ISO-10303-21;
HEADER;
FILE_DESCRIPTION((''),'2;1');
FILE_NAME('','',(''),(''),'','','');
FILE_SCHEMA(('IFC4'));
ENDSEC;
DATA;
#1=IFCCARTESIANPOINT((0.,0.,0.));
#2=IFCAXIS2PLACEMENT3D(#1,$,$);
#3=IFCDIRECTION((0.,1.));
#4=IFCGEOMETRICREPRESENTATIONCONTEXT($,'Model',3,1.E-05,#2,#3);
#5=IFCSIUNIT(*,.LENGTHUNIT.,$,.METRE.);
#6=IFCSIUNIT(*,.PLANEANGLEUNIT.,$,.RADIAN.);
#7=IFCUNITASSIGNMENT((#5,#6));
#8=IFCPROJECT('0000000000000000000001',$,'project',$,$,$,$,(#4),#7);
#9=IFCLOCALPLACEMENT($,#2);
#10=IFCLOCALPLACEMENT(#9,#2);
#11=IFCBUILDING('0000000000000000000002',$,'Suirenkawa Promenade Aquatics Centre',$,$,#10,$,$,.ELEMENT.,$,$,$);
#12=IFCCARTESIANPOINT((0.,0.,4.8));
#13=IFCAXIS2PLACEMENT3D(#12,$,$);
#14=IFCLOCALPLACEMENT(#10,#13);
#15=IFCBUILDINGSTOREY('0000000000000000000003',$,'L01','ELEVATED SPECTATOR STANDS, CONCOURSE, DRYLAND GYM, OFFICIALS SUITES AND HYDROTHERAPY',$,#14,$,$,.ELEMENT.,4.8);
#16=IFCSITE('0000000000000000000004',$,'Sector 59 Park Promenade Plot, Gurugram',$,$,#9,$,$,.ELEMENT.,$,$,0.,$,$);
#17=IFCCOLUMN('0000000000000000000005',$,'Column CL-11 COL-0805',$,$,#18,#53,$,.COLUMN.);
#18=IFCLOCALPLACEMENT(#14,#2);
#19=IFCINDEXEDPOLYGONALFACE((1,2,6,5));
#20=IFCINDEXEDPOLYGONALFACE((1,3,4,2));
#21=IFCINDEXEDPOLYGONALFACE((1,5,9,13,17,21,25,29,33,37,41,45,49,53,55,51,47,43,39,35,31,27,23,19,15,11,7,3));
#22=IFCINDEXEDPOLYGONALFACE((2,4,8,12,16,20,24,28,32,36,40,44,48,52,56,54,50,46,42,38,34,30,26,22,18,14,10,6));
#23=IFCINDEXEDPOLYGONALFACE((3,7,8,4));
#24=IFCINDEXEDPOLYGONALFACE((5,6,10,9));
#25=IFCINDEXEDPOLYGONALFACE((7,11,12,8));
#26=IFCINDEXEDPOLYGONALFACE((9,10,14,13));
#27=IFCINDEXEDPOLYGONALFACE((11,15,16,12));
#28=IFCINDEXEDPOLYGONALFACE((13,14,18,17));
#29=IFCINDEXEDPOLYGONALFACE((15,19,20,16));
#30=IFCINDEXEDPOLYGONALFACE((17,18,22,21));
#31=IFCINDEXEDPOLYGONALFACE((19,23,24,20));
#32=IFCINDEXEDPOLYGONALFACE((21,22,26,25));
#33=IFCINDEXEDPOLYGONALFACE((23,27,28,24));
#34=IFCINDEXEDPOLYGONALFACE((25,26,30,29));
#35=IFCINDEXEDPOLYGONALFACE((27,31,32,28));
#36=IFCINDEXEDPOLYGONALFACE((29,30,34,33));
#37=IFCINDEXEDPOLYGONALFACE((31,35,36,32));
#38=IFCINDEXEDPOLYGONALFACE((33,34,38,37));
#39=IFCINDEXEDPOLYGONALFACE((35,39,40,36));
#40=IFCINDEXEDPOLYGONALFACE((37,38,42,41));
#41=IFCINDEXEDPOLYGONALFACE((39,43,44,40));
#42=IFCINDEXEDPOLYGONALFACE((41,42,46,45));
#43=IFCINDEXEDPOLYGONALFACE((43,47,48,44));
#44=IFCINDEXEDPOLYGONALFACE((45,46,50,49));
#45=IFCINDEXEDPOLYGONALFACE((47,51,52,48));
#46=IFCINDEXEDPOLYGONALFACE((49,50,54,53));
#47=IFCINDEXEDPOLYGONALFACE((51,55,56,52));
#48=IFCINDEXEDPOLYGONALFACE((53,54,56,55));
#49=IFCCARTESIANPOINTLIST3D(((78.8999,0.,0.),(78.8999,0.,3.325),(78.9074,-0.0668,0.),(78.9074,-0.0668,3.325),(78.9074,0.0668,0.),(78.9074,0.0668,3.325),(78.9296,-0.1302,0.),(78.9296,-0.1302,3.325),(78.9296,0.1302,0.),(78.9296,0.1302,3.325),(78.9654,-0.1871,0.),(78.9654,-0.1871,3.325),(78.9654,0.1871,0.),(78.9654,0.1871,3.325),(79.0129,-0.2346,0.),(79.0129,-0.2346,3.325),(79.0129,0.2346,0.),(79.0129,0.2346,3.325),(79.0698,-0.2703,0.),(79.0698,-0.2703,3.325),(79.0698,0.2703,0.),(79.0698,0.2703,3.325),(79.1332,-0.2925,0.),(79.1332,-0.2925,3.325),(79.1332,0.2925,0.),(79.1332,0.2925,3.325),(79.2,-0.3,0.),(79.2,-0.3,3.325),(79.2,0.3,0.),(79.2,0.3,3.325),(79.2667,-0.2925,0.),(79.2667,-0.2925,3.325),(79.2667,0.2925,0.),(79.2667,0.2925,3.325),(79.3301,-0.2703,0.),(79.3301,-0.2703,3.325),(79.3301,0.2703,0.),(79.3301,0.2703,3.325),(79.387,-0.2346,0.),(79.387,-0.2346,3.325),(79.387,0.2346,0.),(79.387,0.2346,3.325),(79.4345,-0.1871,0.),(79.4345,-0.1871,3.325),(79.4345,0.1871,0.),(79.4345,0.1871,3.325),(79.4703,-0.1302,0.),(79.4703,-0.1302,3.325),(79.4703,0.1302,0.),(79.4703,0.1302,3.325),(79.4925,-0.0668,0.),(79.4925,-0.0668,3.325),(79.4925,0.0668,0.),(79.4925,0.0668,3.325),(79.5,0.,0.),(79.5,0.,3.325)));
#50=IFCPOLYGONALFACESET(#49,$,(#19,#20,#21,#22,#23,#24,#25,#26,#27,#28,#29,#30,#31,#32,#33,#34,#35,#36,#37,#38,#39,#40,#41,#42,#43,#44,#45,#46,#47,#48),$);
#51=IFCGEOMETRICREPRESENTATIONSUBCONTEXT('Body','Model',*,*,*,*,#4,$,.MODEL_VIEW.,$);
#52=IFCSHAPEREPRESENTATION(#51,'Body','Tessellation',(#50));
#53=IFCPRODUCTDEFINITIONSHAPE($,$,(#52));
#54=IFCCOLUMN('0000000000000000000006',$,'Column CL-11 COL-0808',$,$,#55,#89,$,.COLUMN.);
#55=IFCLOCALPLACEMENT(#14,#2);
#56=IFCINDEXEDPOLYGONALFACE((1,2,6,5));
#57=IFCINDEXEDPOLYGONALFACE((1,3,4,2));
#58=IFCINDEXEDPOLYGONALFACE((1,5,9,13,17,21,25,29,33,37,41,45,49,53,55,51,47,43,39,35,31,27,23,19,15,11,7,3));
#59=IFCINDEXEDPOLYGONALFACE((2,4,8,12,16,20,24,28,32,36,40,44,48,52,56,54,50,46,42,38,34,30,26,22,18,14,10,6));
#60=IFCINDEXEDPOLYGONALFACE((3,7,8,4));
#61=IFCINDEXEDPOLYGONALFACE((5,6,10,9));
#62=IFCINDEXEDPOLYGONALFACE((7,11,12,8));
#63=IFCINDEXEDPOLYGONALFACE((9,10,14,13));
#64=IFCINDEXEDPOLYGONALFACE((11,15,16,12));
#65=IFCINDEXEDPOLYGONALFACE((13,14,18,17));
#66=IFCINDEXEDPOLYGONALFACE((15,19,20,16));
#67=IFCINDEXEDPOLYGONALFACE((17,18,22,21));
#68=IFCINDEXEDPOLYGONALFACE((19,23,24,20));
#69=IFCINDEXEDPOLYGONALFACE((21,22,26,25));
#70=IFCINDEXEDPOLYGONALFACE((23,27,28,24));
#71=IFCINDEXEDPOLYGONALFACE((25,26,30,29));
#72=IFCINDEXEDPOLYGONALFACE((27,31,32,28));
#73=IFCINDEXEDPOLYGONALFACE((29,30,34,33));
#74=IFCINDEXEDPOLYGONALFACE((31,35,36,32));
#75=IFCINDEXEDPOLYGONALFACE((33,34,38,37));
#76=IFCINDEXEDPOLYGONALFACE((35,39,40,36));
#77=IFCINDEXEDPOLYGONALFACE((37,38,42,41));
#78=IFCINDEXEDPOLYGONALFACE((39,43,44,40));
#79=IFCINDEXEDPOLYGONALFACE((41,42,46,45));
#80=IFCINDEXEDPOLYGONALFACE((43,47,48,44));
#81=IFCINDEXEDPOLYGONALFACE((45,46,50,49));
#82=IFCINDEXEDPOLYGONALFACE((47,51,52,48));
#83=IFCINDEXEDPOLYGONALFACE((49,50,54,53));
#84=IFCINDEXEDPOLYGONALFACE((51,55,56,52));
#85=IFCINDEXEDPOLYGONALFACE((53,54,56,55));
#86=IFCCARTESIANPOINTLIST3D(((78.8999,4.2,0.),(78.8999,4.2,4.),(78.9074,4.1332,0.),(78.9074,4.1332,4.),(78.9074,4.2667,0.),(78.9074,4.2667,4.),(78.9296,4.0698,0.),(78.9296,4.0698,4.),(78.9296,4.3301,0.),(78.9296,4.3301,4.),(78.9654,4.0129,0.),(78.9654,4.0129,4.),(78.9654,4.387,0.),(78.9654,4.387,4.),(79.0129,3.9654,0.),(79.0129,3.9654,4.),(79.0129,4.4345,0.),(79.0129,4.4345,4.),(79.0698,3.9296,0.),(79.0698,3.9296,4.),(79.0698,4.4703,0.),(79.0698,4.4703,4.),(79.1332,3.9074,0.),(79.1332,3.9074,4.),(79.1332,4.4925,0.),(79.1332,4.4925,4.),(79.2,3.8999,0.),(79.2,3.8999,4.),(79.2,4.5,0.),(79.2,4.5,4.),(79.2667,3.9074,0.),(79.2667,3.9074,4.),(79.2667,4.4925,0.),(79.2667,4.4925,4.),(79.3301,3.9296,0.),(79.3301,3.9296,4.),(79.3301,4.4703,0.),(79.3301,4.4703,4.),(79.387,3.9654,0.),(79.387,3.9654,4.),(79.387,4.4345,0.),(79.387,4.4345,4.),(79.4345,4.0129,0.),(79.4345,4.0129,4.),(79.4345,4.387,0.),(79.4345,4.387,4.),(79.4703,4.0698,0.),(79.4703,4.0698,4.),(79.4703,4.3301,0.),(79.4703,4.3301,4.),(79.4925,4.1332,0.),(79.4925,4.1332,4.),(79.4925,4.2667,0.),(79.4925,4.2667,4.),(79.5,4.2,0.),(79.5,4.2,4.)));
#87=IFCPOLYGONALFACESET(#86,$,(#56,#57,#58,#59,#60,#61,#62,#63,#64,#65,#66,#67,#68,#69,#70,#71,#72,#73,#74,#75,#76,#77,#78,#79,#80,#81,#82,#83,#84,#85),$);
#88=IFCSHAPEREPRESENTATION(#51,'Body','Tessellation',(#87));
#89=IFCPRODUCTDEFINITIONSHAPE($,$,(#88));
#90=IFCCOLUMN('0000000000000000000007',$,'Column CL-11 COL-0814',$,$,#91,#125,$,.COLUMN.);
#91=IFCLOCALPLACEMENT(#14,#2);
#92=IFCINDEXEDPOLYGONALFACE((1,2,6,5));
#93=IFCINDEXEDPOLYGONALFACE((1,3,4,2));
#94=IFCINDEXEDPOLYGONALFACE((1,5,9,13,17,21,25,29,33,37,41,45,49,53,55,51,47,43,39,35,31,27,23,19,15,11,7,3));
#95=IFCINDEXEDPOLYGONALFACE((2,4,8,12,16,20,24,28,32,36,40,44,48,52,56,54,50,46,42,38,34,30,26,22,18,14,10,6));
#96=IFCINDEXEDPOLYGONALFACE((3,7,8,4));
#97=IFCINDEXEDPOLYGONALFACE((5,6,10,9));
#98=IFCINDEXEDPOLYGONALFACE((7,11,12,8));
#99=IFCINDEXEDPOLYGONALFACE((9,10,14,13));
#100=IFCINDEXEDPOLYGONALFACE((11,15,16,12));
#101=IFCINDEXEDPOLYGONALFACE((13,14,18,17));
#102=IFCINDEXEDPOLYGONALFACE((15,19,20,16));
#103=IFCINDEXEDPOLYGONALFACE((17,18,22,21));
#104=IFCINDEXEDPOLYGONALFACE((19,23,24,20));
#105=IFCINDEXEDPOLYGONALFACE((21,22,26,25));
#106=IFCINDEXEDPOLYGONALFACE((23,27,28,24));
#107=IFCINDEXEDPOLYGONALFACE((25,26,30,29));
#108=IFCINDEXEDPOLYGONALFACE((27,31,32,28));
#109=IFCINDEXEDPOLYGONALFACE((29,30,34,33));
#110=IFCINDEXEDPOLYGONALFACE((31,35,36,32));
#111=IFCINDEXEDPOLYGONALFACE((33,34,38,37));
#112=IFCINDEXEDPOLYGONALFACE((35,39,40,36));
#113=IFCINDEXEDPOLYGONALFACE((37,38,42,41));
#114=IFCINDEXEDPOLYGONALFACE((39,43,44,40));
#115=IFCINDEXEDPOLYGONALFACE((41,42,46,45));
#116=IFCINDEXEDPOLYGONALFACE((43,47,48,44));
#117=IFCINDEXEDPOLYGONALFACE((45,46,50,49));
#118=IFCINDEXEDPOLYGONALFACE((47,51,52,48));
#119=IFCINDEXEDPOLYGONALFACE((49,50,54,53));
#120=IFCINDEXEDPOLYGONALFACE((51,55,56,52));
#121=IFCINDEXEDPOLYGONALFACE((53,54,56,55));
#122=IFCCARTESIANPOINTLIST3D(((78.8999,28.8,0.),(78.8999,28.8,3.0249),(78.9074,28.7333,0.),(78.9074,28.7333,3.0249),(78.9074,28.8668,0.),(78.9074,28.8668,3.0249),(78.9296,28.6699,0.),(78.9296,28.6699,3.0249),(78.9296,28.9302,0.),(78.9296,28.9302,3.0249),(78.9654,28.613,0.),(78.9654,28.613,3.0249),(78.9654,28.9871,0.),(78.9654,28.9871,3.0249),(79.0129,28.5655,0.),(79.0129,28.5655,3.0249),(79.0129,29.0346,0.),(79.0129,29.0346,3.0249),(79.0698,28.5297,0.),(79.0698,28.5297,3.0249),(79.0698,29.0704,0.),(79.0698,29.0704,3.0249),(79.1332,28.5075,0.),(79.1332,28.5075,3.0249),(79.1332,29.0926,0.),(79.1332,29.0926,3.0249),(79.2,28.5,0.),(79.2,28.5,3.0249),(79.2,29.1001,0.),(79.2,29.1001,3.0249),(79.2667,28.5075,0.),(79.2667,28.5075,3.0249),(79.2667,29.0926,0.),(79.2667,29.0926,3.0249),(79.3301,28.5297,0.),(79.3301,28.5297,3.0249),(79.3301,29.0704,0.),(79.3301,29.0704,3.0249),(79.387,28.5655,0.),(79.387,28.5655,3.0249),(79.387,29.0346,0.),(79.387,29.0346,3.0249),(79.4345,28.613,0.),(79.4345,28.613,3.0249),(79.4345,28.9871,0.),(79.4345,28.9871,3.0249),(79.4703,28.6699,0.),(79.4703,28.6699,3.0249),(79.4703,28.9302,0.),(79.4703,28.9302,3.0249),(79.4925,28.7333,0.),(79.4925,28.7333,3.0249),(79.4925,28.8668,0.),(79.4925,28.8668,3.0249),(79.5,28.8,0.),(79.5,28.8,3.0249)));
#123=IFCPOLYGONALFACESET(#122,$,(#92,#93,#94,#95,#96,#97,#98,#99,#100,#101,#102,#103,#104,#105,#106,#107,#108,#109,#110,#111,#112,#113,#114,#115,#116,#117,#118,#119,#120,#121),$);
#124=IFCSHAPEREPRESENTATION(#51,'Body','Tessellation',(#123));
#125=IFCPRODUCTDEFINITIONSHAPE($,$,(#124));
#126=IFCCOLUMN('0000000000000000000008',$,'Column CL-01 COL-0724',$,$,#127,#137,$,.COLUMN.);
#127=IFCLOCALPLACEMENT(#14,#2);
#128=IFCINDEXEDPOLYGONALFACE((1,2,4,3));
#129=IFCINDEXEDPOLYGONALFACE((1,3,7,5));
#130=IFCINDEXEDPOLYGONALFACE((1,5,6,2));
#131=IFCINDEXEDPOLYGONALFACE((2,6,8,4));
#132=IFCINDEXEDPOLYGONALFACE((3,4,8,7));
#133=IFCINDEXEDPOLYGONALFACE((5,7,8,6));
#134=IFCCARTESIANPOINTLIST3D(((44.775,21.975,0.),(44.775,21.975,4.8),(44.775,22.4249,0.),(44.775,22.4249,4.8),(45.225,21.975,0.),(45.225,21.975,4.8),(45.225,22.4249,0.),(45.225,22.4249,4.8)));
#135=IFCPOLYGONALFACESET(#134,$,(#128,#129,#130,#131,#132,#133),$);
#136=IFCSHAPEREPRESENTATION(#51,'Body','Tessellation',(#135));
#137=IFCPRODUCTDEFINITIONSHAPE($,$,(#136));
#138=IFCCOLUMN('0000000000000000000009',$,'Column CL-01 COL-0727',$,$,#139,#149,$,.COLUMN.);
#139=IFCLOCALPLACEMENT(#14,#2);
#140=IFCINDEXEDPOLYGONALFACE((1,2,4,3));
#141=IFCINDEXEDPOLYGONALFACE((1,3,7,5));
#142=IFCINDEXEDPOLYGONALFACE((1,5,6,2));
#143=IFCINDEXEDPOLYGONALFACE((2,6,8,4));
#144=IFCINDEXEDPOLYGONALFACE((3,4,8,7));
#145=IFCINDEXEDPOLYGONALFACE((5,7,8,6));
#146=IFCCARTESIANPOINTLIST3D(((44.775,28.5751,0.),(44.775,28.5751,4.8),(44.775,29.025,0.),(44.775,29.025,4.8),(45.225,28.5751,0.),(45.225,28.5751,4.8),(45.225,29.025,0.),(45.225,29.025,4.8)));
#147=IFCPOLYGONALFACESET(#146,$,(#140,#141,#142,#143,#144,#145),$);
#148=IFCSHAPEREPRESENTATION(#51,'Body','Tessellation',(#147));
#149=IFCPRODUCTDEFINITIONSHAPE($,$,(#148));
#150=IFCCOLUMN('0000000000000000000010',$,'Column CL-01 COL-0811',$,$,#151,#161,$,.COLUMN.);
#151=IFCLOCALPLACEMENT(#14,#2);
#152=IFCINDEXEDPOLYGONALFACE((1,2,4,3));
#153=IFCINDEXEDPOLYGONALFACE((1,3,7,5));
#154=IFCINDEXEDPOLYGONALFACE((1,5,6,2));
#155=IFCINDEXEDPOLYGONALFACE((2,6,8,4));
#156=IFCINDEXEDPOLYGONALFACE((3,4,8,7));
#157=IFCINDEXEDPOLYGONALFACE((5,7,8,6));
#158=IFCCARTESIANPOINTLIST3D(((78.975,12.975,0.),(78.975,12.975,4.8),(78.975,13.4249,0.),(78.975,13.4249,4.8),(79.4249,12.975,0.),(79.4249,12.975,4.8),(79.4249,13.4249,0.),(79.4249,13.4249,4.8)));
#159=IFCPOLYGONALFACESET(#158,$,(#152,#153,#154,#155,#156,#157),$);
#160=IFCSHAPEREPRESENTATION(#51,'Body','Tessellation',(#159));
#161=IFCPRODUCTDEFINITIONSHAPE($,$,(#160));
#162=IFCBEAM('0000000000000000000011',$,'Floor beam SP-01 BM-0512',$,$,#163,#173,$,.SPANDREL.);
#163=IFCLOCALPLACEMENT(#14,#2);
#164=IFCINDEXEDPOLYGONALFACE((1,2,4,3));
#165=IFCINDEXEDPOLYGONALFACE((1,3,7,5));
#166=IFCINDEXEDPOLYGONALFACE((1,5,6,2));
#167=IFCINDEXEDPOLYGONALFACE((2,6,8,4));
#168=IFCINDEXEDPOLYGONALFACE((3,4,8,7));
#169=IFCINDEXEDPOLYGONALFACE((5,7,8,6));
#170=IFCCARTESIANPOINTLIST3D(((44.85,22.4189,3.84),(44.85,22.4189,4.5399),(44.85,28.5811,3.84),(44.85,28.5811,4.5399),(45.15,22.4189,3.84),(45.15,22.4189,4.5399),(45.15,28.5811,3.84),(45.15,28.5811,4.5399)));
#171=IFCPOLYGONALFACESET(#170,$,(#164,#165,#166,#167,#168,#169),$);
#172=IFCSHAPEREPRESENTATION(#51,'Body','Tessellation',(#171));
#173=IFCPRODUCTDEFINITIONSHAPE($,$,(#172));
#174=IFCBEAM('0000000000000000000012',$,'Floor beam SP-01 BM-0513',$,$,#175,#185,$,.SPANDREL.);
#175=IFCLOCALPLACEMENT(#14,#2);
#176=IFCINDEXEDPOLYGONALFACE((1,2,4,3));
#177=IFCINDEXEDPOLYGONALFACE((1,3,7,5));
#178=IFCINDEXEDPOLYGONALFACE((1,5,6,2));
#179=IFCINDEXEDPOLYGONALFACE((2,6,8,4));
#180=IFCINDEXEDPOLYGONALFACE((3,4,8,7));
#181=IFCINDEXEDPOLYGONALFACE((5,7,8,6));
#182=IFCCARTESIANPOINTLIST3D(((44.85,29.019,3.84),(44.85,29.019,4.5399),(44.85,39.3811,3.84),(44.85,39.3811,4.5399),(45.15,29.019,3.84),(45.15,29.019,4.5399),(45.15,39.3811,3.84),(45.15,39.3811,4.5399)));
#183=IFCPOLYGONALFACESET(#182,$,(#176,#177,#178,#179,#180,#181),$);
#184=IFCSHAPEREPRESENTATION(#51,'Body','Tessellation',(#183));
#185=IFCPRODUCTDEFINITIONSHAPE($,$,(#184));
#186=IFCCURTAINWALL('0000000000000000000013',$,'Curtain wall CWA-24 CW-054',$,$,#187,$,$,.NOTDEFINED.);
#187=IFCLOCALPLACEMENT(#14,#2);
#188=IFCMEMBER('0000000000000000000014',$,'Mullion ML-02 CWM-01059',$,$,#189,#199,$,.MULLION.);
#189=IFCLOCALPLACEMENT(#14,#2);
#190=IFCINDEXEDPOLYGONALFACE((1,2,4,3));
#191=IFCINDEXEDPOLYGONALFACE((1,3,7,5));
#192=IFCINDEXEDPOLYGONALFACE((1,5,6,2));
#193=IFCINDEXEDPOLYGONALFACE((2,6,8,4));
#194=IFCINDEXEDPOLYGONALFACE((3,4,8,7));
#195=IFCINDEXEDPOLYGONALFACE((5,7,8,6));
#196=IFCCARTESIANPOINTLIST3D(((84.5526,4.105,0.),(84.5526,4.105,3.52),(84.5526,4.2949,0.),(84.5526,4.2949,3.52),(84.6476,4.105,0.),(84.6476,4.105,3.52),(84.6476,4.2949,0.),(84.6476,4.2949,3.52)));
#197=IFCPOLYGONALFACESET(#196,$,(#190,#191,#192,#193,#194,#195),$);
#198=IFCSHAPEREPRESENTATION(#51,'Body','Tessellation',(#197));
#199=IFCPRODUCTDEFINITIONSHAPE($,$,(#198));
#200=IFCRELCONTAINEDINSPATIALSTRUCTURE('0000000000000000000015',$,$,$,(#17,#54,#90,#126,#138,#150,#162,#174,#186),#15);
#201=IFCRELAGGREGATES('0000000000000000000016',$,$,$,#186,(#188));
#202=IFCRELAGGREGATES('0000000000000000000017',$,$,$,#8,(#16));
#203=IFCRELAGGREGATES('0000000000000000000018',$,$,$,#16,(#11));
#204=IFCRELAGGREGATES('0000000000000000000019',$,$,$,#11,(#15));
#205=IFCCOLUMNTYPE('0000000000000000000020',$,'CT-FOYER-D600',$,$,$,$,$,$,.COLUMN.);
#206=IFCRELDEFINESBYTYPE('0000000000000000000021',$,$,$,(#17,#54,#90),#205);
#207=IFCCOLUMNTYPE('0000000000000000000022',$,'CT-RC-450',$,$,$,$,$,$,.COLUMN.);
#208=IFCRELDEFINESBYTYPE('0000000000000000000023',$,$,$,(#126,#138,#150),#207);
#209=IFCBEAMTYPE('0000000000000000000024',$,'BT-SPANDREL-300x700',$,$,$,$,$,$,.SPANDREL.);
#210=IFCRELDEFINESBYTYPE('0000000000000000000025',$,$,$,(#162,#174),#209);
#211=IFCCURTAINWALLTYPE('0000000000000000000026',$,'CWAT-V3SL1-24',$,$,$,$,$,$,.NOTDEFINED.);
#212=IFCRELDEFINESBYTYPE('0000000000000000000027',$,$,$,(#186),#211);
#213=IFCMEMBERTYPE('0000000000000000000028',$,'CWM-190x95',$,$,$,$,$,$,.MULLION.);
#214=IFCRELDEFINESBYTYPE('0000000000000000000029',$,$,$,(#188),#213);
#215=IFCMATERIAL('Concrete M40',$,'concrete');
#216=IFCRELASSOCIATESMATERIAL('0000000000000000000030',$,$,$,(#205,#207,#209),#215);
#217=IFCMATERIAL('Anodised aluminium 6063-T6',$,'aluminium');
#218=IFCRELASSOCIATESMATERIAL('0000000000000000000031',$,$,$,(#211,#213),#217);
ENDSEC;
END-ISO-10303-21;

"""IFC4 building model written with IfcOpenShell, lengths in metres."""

from ifc_helpers import new_model, si_unit, direction, frame, origin, origin_2d, place, context, subcontext, project, spatial, rectangle, circle, extrude, material, material_profile, profile_set, type_object, element, aggregate, save


model = new_model("IFC4")

# Units and contexts
model_context = context("Model", 3, precision=1e-05, world=origin(), true_north=direction((0.0, 1.0)))
body_context = subcontext(model_context, "Body", "Model", "MODEL_VIEW")
ifc_project = project(units=[si_unit("LENGTHUNIT", "METRE"), si_unit("PLANEANGLEUNIT", "RADIAN")], contexts=[model_context])

# Site, building, storey
site_placement = place(None, origin())
site = spatial("IfcSite", under=ifc_project, at=site_placement, Name="Sector 59 Park Promenade Plot, Gurugram", CompositionType="ELEMENT", RefElevation=0.0)
building_placement = place(site_placement, origin())
building = spatial("IfcBuilding", under=site, at=building_placement, Name="Suirenkawa Promenade Aquatics Centre", CompositionType="ELEMENT")
storey_placement = place(building_placement, frame((0.0, 0.0, 4.8)))
storey = spatial("IfcBuildingStorey", under=building, at=storey_placement, Name="L01", Description="ELEVATED SPECTATOR STANDS, CONCOURSE, DRYLAND GYM, OFFICIALS SUITES AND HYDROTHERAPY", CompositionType="ELEMENT", Elevation=4.8)

# Columns
ifc_material_1 = material(Name="Concrete M40", Category="concrete")
ifc_material_profile_1 = material_profile(ifc_material_1, circle(Radius=0.3, at=origin_2d()), Name="RC FOYER D600", Category="concrete")
ifc_profile_set_1 = profile_set([ifc_material_profile_1], Name="Concrete M40")
column_type_1 = type_object("IfcColumnType", Name="CT-FOYER-D600", PredefinedType="COLUMN", material=ifc_profile_set_1)
column_1_placement = place(storey_placement, frame((79.2, 0.0, 0.0), z_axis=(0.0, 0.0, 1.0), x_axis=(1.0, 0.0, 0.0)))
element("IfcColumn", 1, at=column_1_placement, inside=storey, type_object=column_type_1, Name="Column CL-11 COL-0805", PredefinedType="COLUMN", context=body_context, shape_type="SweptSolid", body=[
    extrude(circle(Radius=0.3, at=origin_2d()), origin(), (0.0, 0.0, 1.0), 3.325),
])
column_2_placement = place(storey_placement, frame((79.2, 4.2, 0.0), z_axis=(0.0, 0.0, 1.0), x_axis=(1.0, 0.0, 0.0)))
element("IfcColumn", 2, at=column_2_placement, inside=storey, type_object=column_type_1, Name="Column CL-11 COL-0808", PredefinedType="COLUMN", context=body_context, shape_type="SweptSolid", body=[
    extrude(circle(Radius=0.3, at=origin_2d()), origin(), (0.0, 0.0, 1.0), 4.0),
])
column_3_placement = place(storey_placement, frame((79.2, 28.8, 0.0), z_axis=(0.0, 0.0, 1.0), x_axis=(1.0, 0.0, 0.0)))
element("IfcColumn", 3, at=column_3_placement, inside=storey, type_object=column_type_1, Name="Column CL-11 COL-0814", PredefinedType="COLUMN", context=body_context, shape_type="SweptSolid", body=[
    extrude(circle(Radius=0.3, at=origin_2d()), origin(), (0.0, 0.0, 1.0), 3.0249),
])
ifc_material_profile_2 = material_profile(ifc_material_1, rectangle(XDim=0.45, YDim=0.45, at=origin_2d()), Name="RC COL 450x450", Category="concrete")
ifc_profile_set_2 = profile_set([ifc_material_profile_2], Name="Concrete M40")
column_type_2 = type_object("IfcColumnType", Name="CT-RC-450", PredefinedType="COLUMN", material=ifc_profile_set_2)
for number, where, z_axis, x_axis, name in (
    (4, (45.0, 22.2, 0.0), (0.0, 0.0, 1.0), (1.0, 0.0, 0.0), "Column CL-01 COL-0724"),
    (5, (45.0, 28.8, 0.0), (0.0, 0.0, 1.0), (1.0, 0.0, 0.0), "Column CL-01 COL-0727"),
    (6, (79.2, 13.2, 0.0), (0.0, 0.0, 1.0), (1.0, 0.0, 0.0), "Column CL-01 COL-0811"),
):
    element("IfcColumn", number, at=place(storey_placement, frame(where, z_axis=z_axis, x_axis=x_axis)), inside=storey, type_object=column_type_2, Name=name, PredefinedType="COLUMN", context=body_context, shape_type="SweptSolid", body=[
        extrude(rectangle(XDim=0.45, YDim=0.45, at=origin_2d()), origin(), (0.0, 0.0, 1.0), 4.8),
    ])

# Beams
ifc_material_profile_3 = material_profile(ifc_material_1, rectangle(XDim=0.3, YDim=0.7, at=origin_2d()), Name="RC SPANDREL 300x700", Category="concrete")
ifc_profile_set_3 = profile_set([ifc_material_profile_3], Name="Concrete M40")
beam_type = type_object("IfcBeamType", Name="BT-SPANDREL-300x700", PredefinedType="SPANDREL", material=ifc_profile_set_3)
beam_1_placement = place(storey_placement, frame((45.0, 22.4189, 4.1899), z_axis=(0.0, 1.0, 0.0), x_axis=(-1.0, 0.0, 0.0)))
element("IfcBeam", 7, at=beam_1_placement, inside=storey, type_object=beam_type, Name="Floor beam SP-01 BM-0512", PredefinedType="SPANDREL", context=body_context, shape_type="SweptSolid", body=[
    extrude(rectangle(XDim=0.3, YDim=0.7, at=origin_2d()), origin(), (0.0, 0.0, 1.0), 6.1621),
])
beam_2_placement = place(storey_placement, frame((45.0, 29.019, 4.1899), z_axis=(0.0, 1.0, 0.0), x_axis=(-1.0, 0.0, 0.0)))
element("IfcBeam", 8, at=beam_2_placement, inside=storey, type_object=beam_type, Name="Floor beam SP-01 BM-0513", PredefinedType="SPANDREL", context=body_context, shape_type="SweptSolid", body=[
    extrude(rectangle(XDim=0.3, YDim=0.7, at=origin_2d()), origin(), (0.0, 0.0, 1.0), 10.3621),
])

# Curtain wall, member
ifc_material_2 = material(Name="Anodised aluminium 6063-T6", Category="aluminium")
curtain_wall_type_1 = type_object("IfcCurtainWallType", Name="CWAT-V3SL1-24", PredefinedType="NOTDEFINED", material=ifc_material_2)
curtain_wall_1_placement = place(storey_placement, origin())
curtain_wall_1 = element("IfcCurtainWall", 9, at=curtain_wall_1_placement, inside=storey, type_object=curtain_wall_type_1, Name="Curtain wall CWA-24 CW-054", PredefinedType="NOTDEFINED")
ifc_material_profile_4 = material_profile(ifc_material_2, rectangle(XDim=0.095, YDim=0.1899, at=origin_2d()), Name="ALU MULL 95x190", Category="aluminium")
ifc_profile_set_4 = profile_set([ifc_material_profile_4], Name="Anodised aluminium 6063-T6")
member_type_1 = type_object("IfcMemberType", Name="CWM-190x95", PredefinedType="MULLION", material=ifc_profile_set_4)
member_1_placement = place(storey_placement, frame((84.6001, 4.2, 0.0), z_axis=(0.0, 0.0, 1.0), x_axis=(-1.0, 0.0, 0.0)))
member_1 = element("IfcMember", 10, at=member_1_placement, type_object=member_type_1, Name="Mullion ML-02 CWM-01059", PredefinedType="MULLION", context=body_context, shape_type="SweptSolid", body=[
    extrude(rectangle(XDim=0.095, YDim=0.1899, at=origin_2d()), origin(), (0.0, 0.0, 1.0), 3.52),
])

aggregate(curtain_wall_1, [member_1])

save(model, "model.ifc")
